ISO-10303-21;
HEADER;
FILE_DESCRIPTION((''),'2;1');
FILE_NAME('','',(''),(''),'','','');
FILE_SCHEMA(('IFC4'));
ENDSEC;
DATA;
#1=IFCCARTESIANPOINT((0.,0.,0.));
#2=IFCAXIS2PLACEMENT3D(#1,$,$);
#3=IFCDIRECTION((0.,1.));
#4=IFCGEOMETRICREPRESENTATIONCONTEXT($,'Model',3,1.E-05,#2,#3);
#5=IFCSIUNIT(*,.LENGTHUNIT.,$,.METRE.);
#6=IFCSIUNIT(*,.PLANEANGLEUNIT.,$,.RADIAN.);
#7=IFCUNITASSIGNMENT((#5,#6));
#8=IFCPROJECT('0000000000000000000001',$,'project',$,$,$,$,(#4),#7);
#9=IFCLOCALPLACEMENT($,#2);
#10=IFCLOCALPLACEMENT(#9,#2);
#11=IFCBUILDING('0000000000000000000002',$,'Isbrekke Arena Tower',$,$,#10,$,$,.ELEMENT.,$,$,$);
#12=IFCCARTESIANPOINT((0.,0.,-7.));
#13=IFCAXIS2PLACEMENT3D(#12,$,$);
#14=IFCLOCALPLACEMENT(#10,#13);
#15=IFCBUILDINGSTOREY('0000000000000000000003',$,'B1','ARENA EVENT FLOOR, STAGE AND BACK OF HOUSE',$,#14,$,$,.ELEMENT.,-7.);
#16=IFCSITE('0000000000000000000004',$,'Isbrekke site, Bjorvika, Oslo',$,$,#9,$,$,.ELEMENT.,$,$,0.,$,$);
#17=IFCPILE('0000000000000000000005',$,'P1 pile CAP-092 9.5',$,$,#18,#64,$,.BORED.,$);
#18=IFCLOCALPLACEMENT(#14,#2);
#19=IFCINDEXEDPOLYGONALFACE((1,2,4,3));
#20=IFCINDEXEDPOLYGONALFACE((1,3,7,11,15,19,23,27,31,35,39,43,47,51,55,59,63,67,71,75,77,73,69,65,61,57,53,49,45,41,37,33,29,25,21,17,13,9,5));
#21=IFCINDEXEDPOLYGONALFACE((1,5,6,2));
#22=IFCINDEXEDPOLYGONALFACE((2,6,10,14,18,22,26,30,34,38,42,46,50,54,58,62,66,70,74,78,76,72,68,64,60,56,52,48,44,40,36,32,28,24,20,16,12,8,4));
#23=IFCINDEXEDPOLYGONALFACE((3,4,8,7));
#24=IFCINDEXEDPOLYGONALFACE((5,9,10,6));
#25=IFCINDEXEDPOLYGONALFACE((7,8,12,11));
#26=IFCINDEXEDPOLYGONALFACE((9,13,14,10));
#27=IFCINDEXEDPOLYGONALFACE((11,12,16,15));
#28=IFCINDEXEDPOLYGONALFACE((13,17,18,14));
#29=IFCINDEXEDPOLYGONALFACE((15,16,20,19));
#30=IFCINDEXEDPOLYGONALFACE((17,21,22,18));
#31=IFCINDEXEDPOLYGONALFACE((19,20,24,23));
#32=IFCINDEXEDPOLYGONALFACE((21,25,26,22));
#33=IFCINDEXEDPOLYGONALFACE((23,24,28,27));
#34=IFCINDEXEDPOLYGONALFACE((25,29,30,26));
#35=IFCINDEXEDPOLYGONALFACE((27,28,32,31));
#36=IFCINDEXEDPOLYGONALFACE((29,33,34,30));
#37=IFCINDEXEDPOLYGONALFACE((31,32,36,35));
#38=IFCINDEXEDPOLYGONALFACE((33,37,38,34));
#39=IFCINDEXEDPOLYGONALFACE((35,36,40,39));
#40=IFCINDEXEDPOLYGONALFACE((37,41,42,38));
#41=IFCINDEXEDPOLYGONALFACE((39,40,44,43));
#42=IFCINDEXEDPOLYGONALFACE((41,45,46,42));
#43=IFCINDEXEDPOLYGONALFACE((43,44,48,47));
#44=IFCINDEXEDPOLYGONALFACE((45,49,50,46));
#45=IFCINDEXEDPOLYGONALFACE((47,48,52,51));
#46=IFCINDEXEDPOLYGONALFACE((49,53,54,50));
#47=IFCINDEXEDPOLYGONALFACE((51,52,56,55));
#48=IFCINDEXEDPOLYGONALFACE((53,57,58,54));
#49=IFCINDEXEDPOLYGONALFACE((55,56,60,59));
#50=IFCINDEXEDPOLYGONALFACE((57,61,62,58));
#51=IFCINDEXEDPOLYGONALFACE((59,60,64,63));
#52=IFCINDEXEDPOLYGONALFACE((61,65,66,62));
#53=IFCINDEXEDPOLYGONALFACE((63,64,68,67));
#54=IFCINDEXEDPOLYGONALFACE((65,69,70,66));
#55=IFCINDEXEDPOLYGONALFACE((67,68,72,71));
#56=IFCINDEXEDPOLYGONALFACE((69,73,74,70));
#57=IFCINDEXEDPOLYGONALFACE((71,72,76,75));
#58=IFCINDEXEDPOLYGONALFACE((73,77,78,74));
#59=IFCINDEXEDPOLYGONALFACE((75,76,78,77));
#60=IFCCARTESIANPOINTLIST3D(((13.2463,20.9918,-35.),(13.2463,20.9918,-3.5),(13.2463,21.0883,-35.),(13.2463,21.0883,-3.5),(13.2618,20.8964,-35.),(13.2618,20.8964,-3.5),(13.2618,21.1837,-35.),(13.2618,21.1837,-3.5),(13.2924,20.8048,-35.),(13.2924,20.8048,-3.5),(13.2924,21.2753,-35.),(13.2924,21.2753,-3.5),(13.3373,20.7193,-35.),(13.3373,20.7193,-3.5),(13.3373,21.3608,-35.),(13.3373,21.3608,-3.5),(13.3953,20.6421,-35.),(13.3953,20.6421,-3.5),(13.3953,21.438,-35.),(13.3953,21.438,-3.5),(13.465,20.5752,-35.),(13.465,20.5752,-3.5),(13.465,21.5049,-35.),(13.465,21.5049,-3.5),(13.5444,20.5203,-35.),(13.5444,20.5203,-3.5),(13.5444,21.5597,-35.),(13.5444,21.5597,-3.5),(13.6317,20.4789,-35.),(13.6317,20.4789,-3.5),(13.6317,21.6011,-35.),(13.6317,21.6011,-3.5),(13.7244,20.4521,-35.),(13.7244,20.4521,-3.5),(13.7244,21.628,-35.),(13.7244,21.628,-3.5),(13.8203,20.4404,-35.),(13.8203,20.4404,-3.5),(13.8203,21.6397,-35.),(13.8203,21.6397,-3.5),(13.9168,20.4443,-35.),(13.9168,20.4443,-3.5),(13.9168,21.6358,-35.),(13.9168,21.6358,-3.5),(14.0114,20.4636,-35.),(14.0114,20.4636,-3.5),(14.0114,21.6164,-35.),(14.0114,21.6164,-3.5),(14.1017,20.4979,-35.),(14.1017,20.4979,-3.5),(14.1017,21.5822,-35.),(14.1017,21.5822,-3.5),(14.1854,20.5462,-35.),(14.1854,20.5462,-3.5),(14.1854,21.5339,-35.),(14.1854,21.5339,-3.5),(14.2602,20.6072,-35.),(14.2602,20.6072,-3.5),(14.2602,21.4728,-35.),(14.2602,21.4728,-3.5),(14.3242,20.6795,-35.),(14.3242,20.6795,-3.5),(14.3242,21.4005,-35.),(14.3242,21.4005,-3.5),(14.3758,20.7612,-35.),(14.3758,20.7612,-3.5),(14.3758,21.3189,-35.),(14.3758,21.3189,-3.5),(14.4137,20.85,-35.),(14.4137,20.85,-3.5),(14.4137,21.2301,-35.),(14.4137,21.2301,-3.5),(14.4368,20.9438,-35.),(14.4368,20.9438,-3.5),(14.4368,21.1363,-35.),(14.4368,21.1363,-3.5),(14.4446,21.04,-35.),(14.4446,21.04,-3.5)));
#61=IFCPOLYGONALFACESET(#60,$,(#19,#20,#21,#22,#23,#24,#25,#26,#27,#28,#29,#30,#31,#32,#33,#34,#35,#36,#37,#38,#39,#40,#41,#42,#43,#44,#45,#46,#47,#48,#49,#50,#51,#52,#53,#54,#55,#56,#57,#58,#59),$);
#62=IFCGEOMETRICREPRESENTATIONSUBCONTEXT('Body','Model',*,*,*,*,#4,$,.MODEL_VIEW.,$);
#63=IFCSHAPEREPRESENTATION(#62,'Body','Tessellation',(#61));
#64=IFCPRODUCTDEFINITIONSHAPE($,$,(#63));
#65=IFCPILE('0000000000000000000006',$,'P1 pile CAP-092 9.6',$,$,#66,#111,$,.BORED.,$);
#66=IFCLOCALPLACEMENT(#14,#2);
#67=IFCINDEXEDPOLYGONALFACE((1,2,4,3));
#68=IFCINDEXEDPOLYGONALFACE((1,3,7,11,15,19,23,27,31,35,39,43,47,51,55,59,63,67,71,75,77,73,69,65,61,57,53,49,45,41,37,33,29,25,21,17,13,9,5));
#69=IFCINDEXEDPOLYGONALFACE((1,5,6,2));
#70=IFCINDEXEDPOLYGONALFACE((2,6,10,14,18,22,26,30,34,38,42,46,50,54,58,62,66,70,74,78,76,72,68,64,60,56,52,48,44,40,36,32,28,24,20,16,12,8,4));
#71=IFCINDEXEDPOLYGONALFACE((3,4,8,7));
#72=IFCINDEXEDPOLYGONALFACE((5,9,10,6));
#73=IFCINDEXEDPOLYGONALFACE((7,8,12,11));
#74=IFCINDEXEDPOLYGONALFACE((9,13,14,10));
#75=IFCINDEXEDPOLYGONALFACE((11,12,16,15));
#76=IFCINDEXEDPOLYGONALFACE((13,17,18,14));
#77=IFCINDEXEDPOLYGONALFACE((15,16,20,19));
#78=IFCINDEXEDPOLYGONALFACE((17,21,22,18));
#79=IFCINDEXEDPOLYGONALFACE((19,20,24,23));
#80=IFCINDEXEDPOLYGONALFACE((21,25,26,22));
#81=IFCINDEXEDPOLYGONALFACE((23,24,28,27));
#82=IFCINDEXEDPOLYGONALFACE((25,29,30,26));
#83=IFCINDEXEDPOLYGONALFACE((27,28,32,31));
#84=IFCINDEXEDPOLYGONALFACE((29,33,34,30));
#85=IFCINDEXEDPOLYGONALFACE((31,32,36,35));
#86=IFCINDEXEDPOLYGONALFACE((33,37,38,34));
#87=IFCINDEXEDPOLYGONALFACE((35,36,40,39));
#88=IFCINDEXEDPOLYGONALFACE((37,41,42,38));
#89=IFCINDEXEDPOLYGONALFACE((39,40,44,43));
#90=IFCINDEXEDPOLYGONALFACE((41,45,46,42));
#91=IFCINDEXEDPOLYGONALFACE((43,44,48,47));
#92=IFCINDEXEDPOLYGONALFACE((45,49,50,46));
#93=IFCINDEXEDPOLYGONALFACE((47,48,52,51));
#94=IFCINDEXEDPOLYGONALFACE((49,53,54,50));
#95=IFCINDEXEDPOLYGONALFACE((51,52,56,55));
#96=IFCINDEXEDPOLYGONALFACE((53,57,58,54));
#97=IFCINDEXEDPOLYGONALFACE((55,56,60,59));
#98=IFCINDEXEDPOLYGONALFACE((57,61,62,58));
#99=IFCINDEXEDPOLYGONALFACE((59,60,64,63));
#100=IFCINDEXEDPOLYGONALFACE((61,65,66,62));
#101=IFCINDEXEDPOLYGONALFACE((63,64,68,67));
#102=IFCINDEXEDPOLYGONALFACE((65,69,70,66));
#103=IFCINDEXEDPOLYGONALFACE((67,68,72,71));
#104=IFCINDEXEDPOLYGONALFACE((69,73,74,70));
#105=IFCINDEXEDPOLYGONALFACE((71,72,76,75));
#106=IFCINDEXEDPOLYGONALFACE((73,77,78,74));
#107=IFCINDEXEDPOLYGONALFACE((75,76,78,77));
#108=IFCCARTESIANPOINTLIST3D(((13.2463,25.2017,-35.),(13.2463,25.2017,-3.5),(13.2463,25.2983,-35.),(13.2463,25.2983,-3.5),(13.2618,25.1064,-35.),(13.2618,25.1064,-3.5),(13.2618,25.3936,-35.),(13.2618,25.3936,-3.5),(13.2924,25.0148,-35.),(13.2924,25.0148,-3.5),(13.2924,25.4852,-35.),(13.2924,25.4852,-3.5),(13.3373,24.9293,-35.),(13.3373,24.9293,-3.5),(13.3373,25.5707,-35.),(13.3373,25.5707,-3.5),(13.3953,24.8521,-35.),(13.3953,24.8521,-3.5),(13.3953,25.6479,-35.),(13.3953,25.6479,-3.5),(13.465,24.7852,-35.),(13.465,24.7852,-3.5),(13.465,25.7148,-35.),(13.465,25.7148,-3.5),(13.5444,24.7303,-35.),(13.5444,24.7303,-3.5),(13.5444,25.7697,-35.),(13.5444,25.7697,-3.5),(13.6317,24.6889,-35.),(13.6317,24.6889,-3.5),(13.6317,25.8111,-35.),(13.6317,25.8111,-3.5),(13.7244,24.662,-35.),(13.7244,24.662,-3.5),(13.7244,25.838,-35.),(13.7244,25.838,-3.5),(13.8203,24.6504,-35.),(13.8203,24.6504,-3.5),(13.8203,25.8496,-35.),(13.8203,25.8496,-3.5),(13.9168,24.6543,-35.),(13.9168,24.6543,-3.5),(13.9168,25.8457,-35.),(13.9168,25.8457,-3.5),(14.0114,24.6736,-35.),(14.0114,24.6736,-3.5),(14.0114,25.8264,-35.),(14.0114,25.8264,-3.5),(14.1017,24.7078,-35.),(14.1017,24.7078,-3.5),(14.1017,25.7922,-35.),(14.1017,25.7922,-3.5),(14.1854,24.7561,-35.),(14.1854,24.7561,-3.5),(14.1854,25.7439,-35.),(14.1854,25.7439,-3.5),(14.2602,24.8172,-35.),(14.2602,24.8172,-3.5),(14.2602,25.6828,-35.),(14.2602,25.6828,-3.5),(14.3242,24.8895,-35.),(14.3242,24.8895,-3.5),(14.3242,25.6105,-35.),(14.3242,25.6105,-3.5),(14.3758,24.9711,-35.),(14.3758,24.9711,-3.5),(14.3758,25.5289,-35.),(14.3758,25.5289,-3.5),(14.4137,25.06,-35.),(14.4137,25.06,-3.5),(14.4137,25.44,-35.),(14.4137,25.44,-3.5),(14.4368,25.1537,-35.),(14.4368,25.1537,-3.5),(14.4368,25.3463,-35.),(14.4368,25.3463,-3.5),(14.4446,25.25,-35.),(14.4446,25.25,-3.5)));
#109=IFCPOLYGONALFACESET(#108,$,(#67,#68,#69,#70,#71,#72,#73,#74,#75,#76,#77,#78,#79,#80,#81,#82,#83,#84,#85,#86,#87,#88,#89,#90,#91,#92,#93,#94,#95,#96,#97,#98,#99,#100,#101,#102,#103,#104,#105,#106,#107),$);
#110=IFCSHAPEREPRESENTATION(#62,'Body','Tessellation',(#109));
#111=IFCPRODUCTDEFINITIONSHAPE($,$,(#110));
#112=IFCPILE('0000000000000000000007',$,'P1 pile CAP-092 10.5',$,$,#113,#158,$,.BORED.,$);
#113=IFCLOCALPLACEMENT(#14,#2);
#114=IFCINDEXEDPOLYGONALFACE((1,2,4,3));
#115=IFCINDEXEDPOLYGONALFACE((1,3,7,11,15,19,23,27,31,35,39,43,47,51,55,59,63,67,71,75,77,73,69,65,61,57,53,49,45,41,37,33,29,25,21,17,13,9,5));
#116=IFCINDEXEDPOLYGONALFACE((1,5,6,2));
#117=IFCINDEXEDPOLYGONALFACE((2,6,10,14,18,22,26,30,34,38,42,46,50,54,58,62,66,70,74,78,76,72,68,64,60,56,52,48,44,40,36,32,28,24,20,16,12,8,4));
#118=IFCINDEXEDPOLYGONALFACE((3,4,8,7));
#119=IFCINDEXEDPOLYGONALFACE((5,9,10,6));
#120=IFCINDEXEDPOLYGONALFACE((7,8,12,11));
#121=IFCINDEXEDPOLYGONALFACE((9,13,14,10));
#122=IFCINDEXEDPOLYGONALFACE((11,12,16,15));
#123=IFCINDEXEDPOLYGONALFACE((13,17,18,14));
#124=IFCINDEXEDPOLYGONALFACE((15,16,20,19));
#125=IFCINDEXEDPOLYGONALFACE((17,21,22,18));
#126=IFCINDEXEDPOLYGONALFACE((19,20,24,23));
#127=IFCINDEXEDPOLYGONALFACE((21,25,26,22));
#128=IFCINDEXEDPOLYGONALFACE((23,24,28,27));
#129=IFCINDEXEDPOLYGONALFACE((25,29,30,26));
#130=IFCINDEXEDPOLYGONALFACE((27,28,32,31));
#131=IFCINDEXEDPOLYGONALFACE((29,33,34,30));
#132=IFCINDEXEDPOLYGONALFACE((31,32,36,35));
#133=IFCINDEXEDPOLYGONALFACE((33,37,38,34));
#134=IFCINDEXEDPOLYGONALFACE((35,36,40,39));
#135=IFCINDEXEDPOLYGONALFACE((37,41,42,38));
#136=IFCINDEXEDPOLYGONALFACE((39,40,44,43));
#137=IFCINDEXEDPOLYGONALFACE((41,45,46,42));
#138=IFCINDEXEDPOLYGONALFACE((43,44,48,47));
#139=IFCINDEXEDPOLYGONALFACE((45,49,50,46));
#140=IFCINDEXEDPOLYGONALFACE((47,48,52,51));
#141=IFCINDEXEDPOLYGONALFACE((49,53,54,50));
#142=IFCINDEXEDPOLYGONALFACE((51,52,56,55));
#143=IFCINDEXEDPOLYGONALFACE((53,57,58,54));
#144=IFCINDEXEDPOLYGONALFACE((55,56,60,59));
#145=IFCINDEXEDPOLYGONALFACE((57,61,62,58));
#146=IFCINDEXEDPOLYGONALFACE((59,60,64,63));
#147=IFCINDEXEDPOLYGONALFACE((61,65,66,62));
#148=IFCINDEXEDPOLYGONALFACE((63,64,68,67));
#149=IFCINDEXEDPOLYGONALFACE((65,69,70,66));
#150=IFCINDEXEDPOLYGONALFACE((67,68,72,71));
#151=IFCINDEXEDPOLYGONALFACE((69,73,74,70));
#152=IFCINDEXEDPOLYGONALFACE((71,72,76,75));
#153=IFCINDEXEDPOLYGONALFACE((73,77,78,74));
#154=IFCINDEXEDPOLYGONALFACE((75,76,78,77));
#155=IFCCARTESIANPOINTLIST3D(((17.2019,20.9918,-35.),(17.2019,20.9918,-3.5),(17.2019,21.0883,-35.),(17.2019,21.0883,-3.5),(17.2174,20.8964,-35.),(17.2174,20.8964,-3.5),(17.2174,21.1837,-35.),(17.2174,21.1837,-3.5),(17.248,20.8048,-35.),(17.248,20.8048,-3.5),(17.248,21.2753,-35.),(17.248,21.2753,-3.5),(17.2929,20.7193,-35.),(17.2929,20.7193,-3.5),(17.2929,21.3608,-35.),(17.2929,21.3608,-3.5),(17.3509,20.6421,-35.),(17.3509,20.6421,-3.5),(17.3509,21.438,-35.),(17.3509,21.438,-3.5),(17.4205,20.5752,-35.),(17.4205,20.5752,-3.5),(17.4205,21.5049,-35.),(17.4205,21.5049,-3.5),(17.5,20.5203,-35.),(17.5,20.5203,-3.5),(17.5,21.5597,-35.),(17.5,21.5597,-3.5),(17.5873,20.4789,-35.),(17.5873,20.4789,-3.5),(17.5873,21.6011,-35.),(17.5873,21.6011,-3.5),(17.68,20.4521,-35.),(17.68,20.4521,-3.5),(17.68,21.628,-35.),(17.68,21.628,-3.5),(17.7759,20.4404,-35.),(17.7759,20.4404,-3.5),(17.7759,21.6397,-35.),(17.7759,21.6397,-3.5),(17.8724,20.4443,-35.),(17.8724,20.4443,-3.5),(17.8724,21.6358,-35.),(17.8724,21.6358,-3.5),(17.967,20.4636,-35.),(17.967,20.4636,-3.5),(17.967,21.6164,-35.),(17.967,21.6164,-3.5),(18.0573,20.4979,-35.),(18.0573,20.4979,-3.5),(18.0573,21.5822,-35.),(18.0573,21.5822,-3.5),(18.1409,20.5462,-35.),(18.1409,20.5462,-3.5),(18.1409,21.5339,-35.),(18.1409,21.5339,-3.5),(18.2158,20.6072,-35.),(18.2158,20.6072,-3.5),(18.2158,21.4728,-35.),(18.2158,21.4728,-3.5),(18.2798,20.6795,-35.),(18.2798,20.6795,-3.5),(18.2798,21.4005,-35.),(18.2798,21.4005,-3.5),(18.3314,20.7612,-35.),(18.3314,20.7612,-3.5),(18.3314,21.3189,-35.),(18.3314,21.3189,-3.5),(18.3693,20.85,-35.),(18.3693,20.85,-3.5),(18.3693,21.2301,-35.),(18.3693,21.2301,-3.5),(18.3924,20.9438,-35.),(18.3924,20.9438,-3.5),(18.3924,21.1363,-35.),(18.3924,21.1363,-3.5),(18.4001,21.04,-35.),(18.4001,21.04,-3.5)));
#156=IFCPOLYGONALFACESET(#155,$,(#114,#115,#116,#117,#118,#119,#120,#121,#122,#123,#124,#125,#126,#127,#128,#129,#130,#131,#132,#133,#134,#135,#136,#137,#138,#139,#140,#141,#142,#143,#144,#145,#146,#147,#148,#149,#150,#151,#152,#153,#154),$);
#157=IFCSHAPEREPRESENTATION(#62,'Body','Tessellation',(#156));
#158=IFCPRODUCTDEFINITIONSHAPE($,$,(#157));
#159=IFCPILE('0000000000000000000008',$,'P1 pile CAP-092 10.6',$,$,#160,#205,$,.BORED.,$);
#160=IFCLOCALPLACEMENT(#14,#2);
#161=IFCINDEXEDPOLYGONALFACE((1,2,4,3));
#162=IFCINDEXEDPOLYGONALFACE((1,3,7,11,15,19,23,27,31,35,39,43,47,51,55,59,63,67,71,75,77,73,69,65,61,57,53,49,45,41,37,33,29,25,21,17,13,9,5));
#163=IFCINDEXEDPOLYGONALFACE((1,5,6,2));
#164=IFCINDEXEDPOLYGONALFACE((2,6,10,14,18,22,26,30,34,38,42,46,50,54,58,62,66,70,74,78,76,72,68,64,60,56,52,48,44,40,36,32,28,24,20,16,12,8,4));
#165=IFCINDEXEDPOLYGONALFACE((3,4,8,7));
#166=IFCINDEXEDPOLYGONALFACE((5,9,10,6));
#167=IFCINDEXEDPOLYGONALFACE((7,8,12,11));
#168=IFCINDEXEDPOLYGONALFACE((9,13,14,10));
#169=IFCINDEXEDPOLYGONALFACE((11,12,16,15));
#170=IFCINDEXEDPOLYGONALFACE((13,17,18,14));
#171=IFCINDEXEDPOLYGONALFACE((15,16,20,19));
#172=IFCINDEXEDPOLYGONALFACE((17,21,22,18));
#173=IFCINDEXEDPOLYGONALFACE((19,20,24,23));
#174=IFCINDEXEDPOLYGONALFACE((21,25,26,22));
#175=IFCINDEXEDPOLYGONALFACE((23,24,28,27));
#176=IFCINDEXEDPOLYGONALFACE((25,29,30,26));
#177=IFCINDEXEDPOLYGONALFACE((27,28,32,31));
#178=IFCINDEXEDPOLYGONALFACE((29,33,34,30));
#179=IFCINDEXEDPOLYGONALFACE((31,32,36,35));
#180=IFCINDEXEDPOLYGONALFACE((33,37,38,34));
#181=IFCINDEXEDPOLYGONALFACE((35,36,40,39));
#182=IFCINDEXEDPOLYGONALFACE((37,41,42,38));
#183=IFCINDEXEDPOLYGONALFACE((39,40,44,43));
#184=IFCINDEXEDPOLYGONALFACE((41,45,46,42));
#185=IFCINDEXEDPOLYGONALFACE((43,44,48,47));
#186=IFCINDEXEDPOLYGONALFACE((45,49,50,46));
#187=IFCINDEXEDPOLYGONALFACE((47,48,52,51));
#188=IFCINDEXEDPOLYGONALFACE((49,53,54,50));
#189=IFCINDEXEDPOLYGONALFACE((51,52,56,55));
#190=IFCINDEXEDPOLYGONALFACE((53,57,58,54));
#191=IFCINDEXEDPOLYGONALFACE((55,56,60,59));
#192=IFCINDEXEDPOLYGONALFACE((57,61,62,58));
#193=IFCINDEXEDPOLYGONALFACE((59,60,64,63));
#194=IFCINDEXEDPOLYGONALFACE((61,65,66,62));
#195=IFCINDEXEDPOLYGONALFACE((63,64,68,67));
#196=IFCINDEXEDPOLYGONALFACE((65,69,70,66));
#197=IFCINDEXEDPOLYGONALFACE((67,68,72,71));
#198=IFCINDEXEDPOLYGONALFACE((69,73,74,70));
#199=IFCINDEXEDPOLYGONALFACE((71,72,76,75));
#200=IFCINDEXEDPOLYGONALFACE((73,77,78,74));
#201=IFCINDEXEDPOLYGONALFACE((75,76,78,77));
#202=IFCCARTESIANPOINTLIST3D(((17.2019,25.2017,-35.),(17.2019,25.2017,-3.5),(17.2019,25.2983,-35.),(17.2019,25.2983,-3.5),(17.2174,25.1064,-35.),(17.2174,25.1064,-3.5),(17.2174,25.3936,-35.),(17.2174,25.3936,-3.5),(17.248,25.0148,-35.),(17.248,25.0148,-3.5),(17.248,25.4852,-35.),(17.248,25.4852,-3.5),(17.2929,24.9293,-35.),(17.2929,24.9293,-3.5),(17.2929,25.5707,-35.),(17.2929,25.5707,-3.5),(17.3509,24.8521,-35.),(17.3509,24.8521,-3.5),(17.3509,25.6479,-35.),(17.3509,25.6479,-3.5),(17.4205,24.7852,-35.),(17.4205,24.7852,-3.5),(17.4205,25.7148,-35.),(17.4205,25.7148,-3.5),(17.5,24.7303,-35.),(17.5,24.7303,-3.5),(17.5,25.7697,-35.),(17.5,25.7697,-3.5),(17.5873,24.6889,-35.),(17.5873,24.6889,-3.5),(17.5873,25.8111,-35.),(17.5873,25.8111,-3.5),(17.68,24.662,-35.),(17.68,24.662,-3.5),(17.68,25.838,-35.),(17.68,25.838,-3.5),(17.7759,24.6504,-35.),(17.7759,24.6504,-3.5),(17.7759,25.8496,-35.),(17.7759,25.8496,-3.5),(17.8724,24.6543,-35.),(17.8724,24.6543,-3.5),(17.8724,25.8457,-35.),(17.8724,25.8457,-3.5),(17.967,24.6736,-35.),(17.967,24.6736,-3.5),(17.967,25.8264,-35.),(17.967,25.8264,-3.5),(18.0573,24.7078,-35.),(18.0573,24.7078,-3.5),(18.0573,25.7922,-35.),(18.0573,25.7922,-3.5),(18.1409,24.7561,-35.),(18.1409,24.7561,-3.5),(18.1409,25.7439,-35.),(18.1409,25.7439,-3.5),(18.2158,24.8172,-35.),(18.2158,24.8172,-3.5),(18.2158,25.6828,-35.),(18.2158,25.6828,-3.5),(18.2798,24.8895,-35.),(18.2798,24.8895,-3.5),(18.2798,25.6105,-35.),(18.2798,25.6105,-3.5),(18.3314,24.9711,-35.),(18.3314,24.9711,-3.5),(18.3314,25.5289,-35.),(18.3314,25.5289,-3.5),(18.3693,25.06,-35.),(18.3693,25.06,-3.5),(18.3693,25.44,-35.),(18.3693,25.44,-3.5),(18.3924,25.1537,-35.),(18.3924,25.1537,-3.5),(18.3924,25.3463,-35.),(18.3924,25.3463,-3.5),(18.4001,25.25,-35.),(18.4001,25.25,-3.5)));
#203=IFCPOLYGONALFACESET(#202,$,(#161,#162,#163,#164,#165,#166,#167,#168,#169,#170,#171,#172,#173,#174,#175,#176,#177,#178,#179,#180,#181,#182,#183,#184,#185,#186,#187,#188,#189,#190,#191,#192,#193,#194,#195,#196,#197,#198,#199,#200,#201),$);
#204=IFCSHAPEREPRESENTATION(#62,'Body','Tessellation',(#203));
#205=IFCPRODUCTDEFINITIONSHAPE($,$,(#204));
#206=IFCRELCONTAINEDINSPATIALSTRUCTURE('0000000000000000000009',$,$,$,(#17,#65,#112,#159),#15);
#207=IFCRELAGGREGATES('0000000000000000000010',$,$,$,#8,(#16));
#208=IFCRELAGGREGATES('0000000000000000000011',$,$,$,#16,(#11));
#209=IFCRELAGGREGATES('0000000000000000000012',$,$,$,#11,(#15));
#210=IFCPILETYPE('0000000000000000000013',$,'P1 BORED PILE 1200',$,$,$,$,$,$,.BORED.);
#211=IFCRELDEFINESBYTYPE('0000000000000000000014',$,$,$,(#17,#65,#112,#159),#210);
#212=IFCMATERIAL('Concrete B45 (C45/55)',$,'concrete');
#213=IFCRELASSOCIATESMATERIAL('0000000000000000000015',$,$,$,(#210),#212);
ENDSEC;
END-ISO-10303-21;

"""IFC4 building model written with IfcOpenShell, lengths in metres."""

from ifc_helpers import new_model, si_unit, direction, frame, origin, origin_2d, place, context, subcontext, project, spatial, circle, extrude, material, material_profile, profile_set, type_object, element, save


model = new_model("IFC4")

# Units and contexts
model_context = context("Model", 3, precision=1e-05, world=origin(), true_north=direction((0.0, 1.0)))
body_context = subcontext(model_context, "Body", "Model", "MODEL_VIEW")
ifc_project = project(units=[si_unit("LENGTHUNIT", "METRE"), si_unit("PLANEANGLEUNIT", "RADIAN")], contexts=[model_context])

# Site, building, storey
site_placement = place(None, origin())
site = spatial("IfcSite", under=ifc_project, at=site_placement, Name="Isbrekke site, Bjorvika, Oslo", CompositionType="ELEMENT", RefElevation=0.0)
building_placement = place(site_placement, origin())
building = spatial("IfcBuilding", under=site, at=building_placement, Name="Isbrekke Arena Tower", CompositionType="ELEMENT")
storey_placement = place(building_placement, frame((0.0, 0.0, -7.0)))
storey = spatial("IfcBuildingStorey", under=building, at=storey_placement, Name="B1", Description="ARENA EVENT FLOOR, STAGE AND BACK OF HOUSE", CompositionType="ELEMENT", Elevation=-7.0)

# Piles
ifc_material_1 = material(Name="Concrete B45 (C45/55)", Category="concrete")
ifc_material_profile_1 = material_profile(ifc_material_1, circle(Radius=0.6001, at=origin_2d()), Name="BORED PILE D1200")
ifc_profile_set_1 = profile_set([ifc_material_profile_1], Name="Concrete B45 (C45/55)")
pile_type = type_object("IfcPileType", Name="P1 BORED PILE 1200", PredefinedType="BORED", material=ifc_profile_set_1)
for number, where, z_axis, x_axis, name in (
    (1, (13.8445, 21.04, -3.5), (0.0, 0.0, -1.0), (1.0, 0.0, 0.0), "P1 pile CAP-092 9.5"),
    (2, (13.8445, 25.25, -3.5), (0.0, 0.0, -1.0), (1.0, 0.0, 0.0), "P1 pile CAP-092 9.6"),
    (3, (17.8, 21.04, -3.5), (0.0, 0.0, -1.0), (1.0, 0.0, 0.0), "P1 pile CAP-092 10.5"),
    (4, (17.8, 25.25, -3.5), (0.0, 0.0, -1.0), (1.0, 0.0, 0.0), "P1 pile CAP-092 10.6"),
):
    element("IfcPile", number, at=place(storey_placement, frame(where, z_axis=z_axis, x_axis=x_axis)), inside=storey, type_object=pile_type, Name=name, PredefinedType="BORED", context=body_context, shape_type="SweptSolid", body=[
        extrude(circle(Radius=0.6001, at=origin_2d()), origin(), (0.0, 0.0, 1.0), 31.5),
    ])

save(model, "model.ifc")
